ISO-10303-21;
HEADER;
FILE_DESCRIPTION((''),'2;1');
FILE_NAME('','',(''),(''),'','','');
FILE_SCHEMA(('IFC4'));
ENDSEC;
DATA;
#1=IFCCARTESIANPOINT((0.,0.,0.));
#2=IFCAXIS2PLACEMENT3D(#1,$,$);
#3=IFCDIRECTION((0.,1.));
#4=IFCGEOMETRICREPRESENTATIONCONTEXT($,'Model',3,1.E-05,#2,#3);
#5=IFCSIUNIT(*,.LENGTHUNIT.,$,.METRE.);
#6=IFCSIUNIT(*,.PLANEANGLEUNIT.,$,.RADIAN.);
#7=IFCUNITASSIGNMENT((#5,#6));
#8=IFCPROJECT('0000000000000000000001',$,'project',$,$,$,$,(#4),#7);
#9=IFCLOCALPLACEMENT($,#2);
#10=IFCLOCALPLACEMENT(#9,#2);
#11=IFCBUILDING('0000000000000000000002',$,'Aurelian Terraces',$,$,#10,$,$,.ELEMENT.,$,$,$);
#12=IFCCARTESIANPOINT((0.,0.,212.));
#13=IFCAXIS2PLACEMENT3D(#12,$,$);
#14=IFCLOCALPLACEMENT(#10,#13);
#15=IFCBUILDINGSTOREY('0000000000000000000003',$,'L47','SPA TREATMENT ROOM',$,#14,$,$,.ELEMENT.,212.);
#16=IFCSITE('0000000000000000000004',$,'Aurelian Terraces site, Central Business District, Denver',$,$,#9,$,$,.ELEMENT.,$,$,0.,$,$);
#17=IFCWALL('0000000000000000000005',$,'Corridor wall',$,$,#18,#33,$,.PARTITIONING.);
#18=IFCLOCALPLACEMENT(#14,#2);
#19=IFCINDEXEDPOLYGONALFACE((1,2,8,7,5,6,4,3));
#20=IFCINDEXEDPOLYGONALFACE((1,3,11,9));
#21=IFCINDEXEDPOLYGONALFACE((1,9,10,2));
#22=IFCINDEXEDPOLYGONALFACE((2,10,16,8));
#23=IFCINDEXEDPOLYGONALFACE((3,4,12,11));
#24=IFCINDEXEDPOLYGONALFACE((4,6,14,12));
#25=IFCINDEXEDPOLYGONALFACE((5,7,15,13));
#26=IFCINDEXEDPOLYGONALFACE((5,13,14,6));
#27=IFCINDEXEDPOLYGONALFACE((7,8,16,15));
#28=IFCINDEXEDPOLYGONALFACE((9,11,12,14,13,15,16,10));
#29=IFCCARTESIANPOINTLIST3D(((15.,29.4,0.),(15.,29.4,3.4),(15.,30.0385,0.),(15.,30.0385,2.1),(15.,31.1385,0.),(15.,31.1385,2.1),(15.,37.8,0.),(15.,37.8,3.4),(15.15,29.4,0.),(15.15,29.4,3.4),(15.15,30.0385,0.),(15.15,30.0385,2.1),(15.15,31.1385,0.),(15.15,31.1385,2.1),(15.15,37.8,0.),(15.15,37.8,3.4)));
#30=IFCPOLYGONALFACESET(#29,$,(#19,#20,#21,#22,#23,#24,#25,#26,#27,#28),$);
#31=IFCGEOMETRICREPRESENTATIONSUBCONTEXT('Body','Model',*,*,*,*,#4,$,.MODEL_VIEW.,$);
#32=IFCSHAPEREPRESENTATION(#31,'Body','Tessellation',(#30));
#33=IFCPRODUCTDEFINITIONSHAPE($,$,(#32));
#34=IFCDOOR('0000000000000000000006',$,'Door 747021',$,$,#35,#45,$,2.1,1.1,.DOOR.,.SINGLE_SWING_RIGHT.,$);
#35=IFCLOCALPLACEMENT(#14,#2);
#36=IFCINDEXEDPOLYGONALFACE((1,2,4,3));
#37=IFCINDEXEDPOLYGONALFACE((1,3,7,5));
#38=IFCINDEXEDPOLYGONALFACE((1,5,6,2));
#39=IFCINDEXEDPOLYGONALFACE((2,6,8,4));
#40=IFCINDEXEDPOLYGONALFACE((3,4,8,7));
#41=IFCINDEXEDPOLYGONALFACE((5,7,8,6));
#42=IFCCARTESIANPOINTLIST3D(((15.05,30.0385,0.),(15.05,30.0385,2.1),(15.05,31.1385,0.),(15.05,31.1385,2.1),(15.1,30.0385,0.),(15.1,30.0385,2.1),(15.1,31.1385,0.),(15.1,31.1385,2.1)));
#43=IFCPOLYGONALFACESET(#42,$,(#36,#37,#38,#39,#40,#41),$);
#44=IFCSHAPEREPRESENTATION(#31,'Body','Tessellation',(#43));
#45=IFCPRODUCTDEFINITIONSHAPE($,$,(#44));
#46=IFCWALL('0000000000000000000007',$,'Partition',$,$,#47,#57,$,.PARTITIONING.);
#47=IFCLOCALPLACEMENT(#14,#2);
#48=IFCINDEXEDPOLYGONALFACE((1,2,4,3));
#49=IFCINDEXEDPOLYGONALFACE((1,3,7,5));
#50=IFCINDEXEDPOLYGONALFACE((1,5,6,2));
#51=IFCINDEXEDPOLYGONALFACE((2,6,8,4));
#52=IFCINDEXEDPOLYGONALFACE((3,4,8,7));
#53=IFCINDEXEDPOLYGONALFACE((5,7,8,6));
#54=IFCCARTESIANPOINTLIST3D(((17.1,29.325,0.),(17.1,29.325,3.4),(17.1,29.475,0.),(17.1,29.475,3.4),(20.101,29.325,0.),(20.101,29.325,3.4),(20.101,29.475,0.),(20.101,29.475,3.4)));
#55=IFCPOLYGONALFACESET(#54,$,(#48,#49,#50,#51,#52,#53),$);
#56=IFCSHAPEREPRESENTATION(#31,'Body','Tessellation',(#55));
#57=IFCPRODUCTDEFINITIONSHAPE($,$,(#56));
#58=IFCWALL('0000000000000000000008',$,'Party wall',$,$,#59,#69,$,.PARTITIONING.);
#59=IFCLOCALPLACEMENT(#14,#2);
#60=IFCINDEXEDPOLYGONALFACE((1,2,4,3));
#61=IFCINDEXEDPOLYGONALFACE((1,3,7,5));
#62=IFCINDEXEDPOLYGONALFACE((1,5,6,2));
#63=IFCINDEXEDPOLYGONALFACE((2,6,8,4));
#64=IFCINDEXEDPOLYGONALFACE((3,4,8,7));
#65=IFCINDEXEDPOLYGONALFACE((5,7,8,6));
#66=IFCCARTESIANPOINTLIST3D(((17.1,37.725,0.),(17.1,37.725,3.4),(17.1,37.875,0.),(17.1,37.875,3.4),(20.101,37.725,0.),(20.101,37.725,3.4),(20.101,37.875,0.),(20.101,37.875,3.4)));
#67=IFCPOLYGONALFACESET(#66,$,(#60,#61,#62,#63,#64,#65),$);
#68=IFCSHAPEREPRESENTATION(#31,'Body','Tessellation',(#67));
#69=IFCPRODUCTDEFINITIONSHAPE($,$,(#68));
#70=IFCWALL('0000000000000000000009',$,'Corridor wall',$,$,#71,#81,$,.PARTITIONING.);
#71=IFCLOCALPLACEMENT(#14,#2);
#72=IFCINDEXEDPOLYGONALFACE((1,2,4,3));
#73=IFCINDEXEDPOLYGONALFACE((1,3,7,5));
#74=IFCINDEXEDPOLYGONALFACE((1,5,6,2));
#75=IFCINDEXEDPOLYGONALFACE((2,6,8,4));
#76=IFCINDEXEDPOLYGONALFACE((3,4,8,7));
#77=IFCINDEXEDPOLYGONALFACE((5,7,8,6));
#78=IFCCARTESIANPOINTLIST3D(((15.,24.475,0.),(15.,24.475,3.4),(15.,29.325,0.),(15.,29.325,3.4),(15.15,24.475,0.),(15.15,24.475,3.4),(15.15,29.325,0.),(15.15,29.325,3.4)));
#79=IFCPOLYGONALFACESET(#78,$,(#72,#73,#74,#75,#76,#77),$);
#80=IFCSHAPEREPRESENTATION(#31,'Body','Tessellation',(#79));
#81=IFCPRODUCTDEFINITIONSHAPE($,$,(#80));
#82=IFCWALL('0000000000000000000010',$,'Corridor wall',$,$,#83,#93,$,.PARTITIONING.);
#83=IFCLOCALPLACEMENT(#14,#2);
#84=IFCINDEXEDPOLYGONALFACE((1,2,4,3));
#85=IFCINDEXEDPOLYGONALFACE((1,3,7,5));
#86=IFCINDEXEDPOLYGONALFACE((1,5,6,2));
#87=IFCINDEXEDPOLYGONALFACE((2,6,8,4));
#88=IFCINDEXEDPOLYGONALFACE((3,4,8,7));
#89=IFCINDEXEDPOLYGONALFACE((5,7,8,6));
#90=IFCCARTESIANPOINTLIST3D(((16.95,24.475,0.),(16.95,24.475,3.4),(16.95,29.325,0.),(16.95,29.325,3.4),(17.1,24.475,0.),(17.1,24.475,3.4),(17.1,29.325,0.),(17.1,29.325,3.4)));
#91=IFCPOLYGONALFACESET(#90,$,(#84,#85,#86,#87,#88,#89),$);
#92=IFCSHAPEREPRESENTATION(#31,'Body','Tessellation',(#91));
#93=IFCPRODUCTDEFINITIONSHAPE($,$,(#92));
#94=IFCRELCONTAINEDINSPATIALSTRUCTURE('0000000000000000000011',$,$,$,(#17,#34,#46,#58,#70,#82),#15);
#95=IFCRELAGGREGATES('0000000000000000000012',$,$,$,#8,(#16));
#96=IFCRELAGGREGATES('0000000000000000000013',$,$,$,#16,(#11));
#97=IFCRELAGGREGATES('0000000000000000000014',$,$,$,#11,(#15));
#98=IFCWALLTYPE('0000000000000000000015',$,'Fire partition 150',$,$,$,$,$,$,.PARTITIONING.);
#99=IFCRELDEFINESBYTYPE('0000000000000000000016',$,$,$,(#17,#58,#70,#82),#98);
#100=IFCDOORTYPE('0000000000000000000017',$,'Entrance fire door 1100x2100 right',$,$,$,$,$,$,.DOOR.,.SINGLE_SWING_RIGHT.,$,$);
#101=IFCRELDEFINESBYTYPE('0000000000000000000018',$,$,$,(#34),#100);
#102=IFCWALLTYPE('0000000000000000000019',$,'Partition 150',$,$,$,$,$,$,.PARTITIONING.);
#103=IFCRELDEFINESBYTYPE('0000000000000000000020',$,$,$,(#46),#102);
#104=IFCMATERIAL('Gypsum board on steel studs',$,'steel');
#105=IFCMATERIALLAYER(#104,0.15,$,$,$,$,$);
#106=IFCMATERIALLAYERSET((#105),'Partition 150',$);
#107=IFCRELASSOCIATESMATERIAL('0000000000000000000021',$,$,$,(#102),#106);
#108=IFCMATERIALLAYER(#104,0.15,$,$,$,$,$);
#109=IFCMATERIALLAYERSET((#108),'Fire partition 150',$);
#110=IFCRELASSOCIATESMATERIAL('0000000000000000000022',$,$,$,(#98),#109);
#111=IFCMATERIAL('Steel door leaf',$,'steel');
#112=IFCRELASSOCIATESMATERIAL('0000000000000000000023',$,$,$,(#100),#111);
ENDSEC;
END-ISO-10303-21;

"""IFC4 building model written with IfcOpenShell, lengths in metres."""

from ifc_helpers import new_model, si_unit, direction, frame, frame_2d, origin, place, context, subcontext, project, spatial, rectangle, extrude, source, transform, mapped, material, layer, layer_set, type_object, element, fill, save


model = new_model("IFC4")

# Units and contexts
model_context = context("Model", 3, precision=1e-05, world=origin(), true_north=direction((0.0, 1.0)))
body_context = subcontext(model_context, "Body", "Model", "MODEL_VIEW")
ifc_project = project(units=[si_unit("LENGTHUNIT", "METRE"), si_unit("PLANEANGLEUNIT", "RADIAN")], contexts=[model_context])

# Site, building, storey
site_placement = place(None, origin())
site = spatial("IfcSite", under=ifc_project, at=site_placement, Name="Aurelian Terraces site, Central Business District, Denver", CompositionType="ELEMENT", RefElevation=0.0)
building_placement = place(site_placement, origin())
building = spatial("IfcBuilding", under=site, at=building_placement, Name="Aurelian Terraces", CompositionType="ELEMENT")
storey_placement = place(building_placement, frame((0.0, 0.0, 212.0)))
storey = spatial("IfcBuildingStorey", under=building, at=storey_placement, Name="L47", Description="SPA TREATMENT ROOM", CompositionType="ELEMENT", Elevation=212.0)

# Wall, opening, door
ifc_material_1 = material(Name="Gypsum board on steel studs", Category="steel")
ifc_layer_1 = layer(ifc_material_1, 0.15)
ifc_layer_set_1 = layer_set([ifc_layer_1], Name="Partition 150")
wall_type_1 = type_object("IfcWallType", Name="Partition 150", PredefinedType="PARTITIONING", material=ifc_layer_set_1)
ifc_layer_2 = layer(ifc_material_1, 0.15)
ifc_layer_set_2 = layer_set([ifc_layer_2], Name="Fire partition 150")
wall_type_2 = type_object("IfcWallType", Name="Fire partition 150", PredefinedType="PARTITIONING", material=ifc_layer_set_2)
shared_shape_1 = source(origin(), body_context, "Body", "SweptSolid", [
    extrude(rectangle(XDim=8.4, YDim=0.15, at=frame_2d((4.2, 0.0))), origin(), (0.0, 0.0, 1.0), 3.4),
])
wall_1_placement = place(storey_placement, frame((15.075, 29.4, 0.0), z_axis=(0.0, 0.0, 1.0), x_axis=(0.0, 1.0, 0.0)))
wall_1 = element("IfcWall", 1, at=wall_1_placement, inside=storey, type_object=wall_type_2, Name="Corridor wall", PredefinedType="PARTITIONING", context=body_context, shape_type="MappedRepresentation", body=[
    mapped(shared_shape_1, transform((0.0, 0.0, 0.0), scale=1.0)),
])
shared_shape_2 = source(origin(), body_context, "Body", "SweptSolid", [
    extrude(rectangle(XDim=1.1, YDim=2.1, at=frame_2d((0.55, 1.05))), frame((0.0, 0.085, 0.0), z_axis=(0.0, -1.0, 0.0), x_axis=(1.0, 0.0, 0.0)), (0.0, 0.0, 1.0), 0.17),
])
opening_1_placement = place(wall_1_placement, frame((0.6385, 0.0, 0.0)))
opening_1 = element("IfcOpeningElement", 2, at=opening_1_placement, cuts=wall_1, PredefinedType="OPENING", context=body_context, shape_type="MappedRepresentation", body=[
    mapped(shared_shape_2, transform((0.0, 0.0, 0.0), scale=1.0)),
])
ifc_material_2 = material(Name="Steel door leaf", Category="steel")
door_type_1 = type_object("IfcDoorType", Name="Entrance fire door 1100x2100 right", OperationType="SINGLE_SWING_RIGHT", PredefinedType="DOOR", material=ifc_material_2)
shared_shape_3 = source(origin(), body_context, "Body", "SweptSolid", [
    extrude(rectangle(XDim=1.1, YDim=2.1, at=frame_2d((0.55, 1.05))), frame((0.0, 0.025, 0.0), z_axis=(0.0, -1.0, 0.0), x_axis=(1.0, 0.0, 0.0)), (0.0, 0.0, 1.0), 0.05),
])
door_1_placement = place(opening_1_placement, origin())
door_1 = element("IfcDoor", 3, at=door_1_placement, inside=storey, type_object=door_type_1, Name="Door 747021", OperationType="SINGLE_SWING_RIGHT", OverallHeight=2.1, OverallWidth=1.1, PredefinedType="DOOR", context=body_context, shape_type="MappedRepresentation", body=[
    mapped(shared_shape_3, transform((0.0, 0.0, 0.0), scale=1.0)),
])
fill(opening_1, door_1)

# Walls
shared_shape_4 = source(origin(), body_context, "Body", "SweptSolid", [
    extrude(rectangle(XDim=3.001, YDim=0.15, at=frame_2d((1.5005, 0.0))), origin(), (0.0, 0.0, 1.0), 3.4),
])
wall_2_placement = place(storey_placement, frame((20.101, 29.4, 0.0), z_axis=(0.0, 0.0, 1.0), x_axis=(-1.0, 0.0, 0.0)))
element("IfcWall", 4, at=wall_2_placement, inside=storey, type_object=wall_type_1, Name="Partition", PredefinedType="PARTITIONING", context=body_context, shape_type="MappedRepresentation", body=[
    mapped(shared_shape_4, transform((0.0, 0.0, 0.0), scale=1.0)),
])
wall_3_placement = place(storey_placement, frame((20.101, 37.8, 0.0), z_axis=(0.0, 0.0, 1.0), x_axis=(-1.0, 0.0, 0.0)))
element("IfcWall", 5, at=wall_3_placement, inside=storey, type_object=wall_type_2, Name="Party wall", PredefinedType="PARTITIONING", context=body_context, shape_type="MappedRepresentation", body=[
    mapped(shared_shape_4, transform((0.0, 0.0, 0.0), scale=1.0)),
])
shared_shape_5 = source(origin(), body_context, "Body", "SweptSolid", [
    extrude(rectangle(XDim=4.85, YDim=0.15, at=frame_2d((2.425, 0.0))), origin(), (0.0, 0.0, 1.0), 3.4),
])
for number, where, z_axis, x_axis, name in (
    (6, (15.075, 24.475, 0.0), (0.0, 0.0, 1.0), (0.0, 1.0, 0.0), "Corridor wall"),
    (7, (17.025, 29.325, 0.0), (0.0, 0.0, 1.0), (0.0, -1.0, 0.0), "Corridor wall"),
):
    element("IfcWall", number, at=place(storey_placement, frame(where, z_axis=z_axis, x_axis=x_axis)), inside=storey, type_object=wall_type_2, Name=name, PredefinedType="PARTITIONING", context=body_context, shape_type="MappedRepresentation", body=[
        mapped(shared_shape_5, transform((0.0, 0.0, 0.0), scale=1.0)),
    ])

save(model, "model.ifc")
